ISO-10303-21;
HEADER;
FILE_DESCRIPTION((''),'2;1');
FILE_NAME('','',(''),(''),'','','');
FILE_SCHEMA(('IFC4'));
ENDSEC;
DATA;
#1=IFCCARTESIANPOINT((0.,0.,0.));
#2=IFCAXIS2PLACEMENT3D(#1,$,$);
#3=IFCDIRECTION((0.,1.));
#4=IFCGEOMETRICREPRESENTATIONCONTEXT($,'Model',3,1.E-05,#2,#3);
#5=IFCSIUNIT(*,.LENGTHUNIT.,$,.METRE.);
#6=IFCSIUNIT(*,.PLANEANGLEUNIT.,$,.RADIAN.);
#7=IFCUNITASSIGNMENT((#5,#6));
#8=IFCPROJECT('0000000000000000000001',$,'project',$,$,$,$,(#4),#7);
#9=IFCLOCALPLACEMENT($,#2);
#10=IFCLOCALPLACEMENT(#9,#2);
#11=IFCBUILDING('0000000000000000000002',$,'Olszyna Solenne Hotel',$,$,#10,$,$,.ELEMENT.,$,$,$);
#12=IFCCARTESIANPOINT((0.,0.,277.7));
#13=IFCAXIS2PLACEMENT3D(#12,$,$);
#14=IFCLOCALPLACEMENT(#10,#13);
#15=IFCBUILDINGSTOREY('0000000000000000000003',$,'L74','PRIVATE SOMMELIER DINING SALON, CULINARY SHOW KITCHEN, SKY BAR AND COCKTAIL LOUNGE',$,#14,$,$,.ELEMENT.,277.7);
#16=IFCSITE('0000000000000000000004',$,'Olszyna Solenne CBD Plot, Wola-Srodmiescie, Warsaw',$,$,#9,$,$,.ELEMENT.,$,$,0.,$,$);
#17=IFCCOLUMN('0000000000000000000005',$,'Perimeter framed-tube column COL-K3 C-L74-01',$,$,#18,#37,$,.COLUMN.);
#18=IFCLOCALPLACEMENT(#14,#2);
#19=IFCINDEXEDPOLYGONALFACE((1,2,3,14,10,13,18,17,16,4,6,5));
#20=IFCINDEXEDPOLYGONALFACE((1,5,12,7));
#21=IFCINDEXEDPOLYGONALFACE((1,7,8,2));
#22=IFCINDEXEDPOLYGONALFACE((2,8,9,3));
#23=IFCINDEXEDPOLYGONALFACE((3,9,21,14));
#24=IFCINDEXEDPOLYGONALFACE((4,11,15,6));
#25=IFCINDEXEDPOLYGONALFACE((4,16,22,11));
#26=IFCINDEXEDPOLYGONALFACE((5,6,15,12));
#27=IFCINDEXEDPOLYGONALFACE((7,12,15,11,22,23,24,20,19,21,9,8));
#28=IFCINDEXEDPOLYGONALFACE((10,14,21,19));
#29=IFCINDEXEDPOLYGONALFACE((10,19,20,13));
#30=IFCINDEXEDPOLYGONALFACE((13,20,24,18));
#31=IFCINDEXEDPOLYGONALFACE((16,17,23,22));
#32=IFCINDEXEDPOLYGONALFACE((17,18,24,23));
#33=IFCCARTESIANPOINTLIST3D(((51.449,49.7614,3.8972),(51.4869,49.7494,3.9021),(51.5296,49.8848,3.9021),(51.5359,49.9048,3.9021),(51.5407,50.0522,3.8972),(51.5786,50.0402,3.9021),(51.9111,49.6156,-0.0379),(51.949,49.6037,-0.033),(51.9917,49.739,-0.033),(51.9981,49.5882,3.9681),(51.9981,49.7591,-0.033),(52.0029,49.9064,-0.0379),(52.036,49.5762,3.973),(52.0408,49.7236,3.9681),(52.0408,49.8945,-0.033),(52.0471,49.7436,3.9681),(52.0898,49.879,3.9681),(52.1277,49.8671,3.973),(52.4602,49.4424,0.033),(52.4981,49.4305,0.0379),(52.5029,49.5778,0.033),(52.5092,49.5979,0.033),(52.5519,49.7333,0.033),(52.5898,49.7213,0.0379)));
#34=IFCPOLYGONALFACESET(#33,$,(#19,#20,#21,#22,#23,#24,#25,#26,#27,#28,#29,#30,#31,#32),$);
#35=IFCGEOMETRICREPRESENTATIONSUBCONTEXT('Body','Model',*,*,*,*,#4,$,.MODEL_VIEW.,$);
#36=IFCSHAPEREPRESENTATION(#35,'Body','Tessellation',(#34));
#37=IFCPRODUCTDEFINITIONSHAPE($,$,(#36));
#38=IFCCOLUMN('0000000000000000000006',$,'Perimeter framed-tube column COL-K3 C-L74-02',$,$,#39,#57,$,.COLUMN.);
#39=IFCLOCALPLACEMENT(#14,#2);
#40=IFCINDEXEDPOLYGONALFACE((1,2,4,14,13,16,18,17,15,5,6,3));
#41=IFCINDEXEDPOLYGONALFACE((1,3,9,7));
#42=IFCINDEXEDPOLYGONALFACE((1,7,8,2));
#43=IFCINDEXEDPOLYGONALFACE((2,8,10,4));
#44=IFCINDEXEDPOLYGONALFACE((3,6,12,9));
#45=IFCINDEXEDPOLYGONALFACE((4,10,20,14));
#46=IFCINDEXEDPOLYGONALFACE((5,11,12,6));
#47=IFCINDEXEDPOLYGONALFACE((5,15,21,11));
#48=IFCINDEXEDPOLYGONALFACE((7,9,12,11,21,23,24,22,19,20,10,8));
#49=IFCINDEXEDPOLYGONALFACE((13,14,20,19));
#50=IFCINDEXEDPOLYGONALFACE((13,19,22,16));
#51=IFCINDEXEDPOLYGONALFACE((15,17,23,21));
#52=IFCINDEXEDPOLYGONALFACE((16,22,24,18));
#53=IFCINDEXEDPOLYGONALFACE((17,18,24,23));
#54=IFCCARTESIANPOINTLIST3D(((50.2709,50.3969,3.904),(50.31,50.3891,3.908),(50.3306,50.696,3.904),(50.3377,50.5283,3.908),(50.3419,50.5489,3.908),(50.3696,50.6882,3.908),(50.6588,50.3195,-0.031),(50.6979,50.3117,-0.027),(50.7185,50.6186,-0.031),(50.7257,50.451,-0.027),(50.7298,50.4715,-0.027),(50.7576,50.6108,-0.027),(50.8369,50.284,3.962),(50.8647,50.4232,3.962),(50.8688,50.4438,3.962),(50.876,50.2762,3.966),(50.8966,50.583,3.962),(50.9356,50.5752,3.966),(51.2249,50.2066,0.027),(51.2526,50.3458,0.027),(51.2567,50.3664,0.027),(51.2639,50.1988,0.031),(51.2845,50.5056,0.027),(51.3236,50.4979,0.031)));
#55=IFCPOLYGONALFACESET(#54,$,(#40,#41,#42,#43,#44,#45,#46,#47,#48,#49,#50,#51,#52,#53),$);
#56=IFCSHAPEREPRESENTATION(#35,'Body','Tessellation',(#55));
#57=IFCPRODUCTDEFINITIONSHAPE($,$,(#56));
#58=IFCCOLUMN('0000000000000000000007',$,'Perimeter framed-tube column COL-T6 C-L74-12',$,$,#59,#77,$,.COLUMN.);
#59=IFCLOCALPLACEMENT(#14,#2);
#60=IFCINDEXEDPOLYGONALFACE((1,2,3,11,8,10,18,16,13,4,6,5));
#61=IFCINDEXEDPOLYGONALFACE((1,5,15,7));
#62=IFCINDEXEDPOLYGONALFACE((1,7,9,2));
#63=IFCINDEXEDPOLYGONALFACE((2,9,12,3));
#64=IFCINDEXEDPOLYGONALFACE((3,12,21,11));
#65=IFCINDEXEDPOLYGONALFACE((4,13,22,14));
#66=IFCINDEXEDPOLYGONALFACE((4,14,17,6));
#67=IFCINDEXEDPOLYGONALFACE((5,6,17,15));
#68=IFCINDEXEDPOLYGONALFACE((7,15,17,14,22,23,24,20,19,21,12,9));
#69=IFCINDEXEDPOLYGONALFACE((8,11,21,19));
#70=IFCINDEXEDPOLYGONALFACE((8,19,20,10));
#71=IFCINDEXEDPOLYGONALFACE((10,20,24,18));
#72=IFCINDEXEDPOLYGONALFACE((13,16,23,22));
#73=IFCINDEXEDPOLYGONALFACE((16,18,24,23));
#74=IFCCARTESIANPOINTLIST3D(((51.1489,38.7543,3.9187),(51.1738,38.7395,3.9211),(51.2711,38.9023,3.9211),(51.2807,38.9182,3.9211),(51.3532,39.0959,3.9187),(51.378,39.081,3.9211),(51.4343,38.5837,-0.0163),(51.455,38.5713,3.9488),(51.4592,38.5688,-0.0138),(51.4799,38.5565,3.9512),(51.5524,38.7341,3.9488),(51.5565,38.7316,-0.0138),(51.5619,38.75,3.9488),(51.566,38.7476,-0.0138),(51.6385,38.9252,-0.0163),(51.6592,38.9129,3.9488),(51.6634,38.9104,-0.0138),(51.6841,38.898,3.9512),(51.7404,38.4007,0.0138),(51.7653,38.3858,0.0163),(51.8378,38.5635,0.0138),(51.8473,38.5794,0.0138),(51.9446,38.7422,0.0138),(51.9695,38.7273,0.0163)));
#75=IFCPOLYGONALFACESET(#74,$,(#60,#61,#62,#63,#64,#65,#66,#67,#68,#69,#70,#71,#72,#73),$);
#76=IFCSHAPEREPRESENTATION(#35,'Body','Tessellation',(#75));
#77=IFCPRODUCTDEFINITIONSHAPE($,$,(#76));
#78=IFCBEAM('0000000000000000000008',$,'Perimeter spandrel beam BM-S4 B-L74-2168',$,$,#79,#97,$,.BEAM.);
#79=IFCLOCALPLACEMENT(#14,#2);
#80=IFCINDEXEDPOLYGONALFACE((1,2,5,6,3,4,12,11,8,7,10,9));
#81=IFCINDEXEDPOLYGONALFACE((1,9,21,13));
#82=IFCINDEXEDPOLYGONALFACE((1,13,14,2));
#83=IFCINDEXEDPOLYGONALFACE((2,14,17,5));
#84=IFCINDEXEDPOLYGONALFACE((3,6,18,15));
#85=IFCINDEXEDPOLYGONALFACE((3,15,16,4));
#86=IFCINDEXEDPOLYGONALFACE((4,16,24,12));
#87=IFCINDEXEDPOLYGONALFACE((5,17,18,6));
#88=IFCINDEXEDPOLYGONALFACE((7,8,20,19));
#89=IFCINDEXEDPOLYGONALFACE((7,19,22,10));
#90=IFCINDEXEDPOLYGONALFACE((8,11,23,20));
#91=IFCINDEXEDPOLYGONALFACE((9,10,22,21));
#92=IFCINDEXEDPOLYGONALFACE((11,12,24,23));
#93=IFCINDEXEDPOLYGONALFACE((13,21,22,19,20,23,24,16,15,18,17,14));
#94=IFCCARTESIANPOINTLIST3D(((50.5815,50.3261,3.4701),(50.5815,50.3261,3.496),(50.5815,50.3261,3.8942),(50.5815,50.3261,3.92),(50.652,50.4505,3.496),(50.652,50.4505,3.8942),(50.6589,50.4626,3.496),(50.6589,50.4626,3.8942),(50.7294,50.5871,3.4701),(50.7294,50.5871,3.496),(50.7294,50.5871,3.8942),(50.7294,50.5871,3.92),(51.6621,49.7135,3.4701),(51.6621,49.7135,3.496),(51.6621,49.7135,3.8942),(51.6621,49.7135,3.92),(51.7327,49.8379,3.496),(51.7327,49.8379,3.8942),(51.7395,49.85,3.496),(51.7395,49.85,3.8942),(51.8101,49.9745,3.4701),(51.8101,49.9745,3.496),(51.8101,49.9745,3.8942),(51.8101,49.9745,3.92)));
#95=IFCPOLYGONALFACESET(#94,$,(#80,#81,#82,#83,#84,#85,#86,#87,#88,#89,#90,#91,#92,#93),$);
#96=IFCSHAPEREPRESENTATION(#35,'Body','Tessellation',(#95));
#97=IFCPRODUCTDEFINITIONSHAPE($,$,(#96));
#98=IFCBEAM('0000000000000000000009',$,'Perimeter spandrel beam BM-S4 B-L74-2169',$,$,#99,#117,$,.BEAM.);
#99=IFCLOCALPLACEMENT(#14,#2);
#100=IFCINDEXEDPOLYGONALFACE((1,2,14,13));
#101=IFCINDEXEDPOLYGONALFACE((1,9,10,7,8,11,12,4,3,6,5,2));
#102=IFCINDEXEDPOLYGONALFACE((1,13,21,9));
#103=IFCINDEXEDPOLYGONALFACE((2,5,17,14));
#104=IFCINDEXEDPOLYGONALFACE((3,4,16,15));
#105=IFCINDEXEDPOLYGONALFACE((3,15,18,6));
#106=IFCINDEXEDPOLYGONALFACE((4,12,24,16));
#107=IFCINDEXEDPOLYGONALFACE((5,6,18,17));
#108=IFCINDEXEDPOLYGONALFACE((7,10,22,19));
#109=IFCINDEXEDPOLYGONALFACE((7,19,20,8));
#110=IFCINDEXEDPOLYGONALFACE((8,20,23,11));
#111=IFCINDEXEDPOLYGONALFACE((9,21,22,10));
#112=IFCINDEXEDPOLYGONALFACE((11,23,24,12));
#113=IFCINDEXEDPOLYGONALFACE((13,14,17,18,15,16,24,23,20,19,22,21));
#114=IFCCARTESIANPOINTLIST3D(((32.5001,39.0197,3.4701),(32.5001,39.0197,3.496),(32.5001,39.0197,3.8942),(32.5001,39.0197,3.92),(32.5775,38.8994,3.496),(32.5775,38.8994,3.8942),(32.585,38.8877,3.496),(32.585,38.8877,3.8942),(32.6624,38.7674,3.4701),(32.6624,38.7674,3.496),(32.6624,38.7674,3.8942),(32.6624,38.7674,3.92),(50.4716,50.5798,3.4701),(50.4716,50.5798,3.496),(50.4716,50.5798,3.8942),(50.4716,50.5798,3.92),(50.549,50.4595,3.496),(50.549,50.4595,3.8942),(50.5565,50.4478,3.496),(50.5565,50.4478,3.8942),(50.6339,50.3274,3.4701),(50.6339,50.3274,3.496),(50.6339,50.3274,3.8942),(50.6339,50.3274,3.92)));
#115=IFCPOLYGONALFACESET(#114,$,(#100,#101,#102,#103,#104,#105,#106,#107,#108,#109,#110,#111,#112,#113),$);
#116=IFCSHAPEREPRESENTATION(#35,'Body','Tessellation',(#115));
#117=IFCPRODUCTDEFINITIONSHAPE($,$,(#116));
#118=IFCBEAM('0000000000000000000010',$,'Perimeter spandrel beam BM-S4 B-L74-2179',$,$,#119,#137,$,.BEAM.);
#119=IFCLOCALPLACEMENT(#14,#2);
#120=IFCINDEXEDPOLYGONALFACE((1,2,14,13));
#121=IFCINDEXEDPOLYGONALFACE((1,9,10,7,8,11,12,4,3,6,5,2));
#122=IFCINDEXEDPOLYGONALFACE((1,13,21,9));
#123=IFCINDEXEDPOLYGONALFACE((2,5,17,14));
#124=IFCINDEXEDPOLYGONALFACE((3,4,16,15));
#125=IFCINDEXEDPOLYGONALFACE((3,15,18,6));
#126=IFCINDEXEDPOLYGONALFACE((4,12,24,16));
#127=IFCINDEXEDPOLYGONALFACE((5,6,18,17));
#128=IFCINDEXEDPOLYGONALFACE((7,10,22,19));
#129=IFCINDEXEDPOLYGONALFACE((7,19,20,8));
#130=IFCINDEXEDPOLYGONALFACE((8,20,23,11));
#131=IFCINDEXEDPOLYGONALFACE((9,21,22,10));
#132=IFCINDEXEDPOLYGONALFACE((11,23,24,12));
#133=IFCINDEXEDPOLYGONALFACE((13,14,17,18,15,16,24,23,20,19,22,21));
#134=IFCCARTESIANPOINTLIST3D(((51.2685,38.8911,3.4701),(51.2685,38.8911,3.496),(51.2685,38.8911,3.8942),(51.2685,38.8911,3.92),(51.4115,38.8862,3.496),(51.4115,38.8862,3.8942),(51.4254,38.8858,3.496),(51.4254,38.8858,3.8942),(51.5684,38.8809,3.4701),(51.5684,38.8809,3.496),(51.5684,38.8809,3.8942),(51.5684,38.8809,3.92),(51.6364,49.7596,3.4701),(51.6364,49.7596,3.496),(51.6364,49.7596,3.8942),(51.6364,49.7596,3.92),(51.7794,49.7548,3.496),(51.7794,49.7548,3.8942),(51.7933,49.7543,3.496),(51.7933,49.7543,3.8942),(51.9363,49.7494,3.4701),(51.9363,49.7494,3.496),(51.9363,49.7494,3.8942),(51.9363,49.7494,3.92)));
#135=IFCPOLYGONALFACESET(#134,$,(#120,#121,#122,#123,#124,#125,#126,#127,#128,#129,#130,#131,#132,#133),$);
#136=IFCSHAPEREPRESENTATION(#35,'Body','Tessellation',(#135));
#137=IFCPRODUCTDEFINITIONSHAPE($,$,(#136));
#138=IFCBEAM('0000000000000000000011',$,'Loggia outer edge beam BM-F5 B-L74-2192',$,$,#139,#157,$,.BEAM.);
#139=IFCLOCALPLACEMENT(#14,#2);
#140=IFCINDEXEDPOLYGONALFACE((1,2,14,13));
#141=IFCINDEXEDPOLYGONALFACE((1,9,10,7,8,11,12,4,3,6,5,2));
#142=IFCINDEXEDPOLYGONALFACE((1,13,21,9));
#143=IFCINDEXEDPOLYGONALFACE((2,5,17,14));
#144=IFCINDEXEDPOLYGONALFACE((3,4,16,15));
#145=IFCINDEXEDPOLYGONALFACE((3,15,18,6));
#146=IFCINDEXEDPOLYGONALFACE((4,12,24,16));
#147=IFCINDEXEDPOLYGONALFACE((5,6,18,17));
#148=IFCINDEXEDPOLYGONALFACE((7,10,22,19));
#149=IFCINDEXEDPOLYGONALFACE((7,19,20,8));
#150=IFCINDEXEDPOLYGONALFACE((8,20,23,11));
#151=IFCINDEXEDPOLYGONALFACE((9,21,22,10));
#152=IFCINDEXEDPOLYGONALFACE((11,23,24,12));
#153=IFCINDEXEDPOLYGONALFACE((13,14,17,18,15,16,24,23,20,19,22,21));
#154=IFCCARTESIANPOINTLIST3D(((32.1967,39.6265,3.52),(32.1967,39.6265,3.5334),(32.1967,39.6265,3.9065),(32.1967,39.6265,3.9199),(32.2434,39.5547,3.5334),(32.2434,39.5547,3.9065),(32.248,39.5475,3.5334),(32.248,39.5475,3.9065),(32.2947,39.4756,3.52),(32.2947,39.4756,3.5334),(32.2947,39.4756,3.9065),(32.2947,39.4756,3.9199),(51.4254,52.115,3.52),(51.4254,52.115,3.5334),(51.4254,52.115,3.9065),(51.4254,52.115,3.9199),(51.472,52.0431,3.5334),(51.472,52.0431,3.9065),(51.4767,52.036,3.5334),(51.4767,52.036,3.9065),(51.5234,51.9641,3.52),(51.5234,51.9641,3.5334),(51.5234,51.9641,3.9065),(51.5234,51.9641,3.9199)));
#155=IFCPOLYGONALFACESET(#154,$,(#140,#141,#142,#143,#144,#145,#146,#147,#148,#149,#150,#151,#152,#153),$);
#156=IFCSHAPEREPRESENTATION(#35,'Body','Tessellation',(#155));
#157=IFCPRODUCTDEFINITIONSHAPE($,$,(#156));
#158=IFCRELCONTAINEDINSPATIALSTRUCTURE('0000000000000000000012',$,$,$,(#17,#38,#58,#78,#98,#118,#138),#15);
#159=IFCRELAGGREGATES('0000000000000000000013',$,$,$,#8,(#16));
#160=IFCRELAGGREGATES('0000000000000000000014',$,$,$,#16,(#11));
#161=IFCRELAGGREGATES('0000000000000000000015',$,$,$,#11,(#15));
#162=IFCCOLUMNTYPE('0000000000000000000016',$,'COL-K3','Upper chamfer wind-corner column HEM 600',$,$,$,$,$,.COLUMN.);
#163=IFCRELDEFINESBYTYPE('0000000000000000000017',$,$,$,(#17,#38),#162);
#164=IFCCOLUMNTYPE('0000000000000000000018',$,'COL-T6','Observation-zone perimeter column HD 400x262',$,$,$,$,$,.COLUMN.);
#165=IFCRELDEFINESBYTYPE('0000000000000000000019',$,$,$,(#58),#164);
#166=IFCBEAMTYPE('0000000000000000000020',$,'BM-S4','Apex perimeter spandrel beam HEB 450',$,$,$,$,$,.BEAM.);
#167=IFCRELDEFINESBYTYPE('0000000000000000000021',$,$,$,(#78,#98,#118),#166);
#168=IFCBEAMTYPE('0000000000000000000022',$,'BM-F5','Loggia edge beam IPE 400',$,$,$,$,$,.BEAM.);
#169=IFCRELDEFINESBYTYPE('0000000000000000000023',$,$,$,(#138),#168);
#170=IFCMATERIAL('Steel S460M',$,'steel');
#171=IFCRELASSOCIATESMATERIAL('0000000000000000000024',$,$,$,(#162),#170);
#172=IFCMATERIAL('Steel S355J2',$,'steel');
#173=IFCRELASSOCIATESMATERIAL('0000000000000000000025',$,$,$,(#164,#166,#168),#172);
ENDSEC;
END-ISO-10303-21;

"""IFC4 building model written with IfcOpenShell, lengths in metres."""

from ifc_helpers import new_model, si_unit, direction, frame, origin, origin_2d, place, context, subcontext, project, spatial, i_section, extrude, source, transform, mapped, material, material_profile, profile_set, type_object, element, save


model = new_model("IFC4")

# Units and contexts
model_context = context("Model", 3, precision=1e-05, world=origin(), true_north=direction((0.0, 1.0)))
body_context = subcontext(model_context, "Body", "Model", "MODEL_VIEW")
ifc_project = project(units=[si_unit("LENGTHUNIT", "METRE"), si_unit("PLANEANGLEUNIT", "RADIAN")], contexts=[model_context])

# Site, building, storey
site_placement = place(None, origin())
site = spatial("IfcSite", under=ifc_project, at=site_placement, Name="Olszyna Solenne CBD Plot, Wola-Srodmiescie, Warsaw", CompositionType="ELEMENT", RefElevation=0.0)
building_placement = place(site_placement, origin())
building = spatial("IfcBuilding", under=site, at=building_placement, Name="Olszyna Solenne Hotel", CompositionType="ELEMENT")
storey_placement = place(building_placement, frame((0.0, 0.0, 277.7)))
storey = spatial("IfcBuildingStorey", under=building, at=storey_placement, Name="L74", Description="PRIVATE SOMMELIER DINING SALON, CULINARY SHOW KITCHEN, SKY BAR AND COCKTAIL LOUNGE", CompositionType="ELEMENT", Elevation=277.7)

# Columns
ifc_material_1 = material(Name="Steel S460M", Category="steel")
ifc_material_profile_1 = material_profile(ifc_material_1, i_section(OverallWidth=0.3049, OverallDepth=0.6201, WebThickness=0.021, FlangeThickness=0.04, at=origin_2d()), Name="HEM 600", Category="load-bearing")
ifc_profile_set_1 = profile_set([ifc_material_profile_1], Name="Steel S460M")
column_type_1 = type_object("IfcColumnType", Name="COL-K3", Description="Upper chamfer wind-corner column HEM 600", PredefinedType="COLUMN", material=ifc_profile_set_1)
shared_shape_1 = source(origin(), body_context, "Body", "SweptSolid", [
    extrude(i_section(OverallWidth=0.3049, OverallDepth=0.6201, WebThickness=0.021, FlangeThickness=0.04, at=origin_2d()), origin(), (0.0, 0.0, 1.0), 3.9648),
])
column_1_placement = place(storey_placement, frame((52.2505, 49.6685, 0.0), z_axis=(-0.116566, 0.036762, 0.992502), x_axis=(-0.30077, -0.953697, 0.0)))
element("IfcColumn", 1, at=column_1_placement, inside=storey, type_object=column_type_1, Name="Perimeter framed-tube column COL-K3 C-L74-01", PredefinedType="COLUMN", context=body_context, shape_type="MappedRepresentation", body=[
    mapped(shared_shape_1, transform((0.0, 0.0, 0.0), x_axis=(1.0, 0.0, 0.0), y_axis=(0.0, 1.0, 0.0), z_axis=(0.0, 0.0, 1.0), scale=1.0)),
])
shared_shape_2 = source(origin(), body_context, "Body", "SweptSolid", [
    extrude(i_section(OverallWidth=0.3049, OverallDepth=0.6201, WebThickness=0.021, FlangeThickness=0.04, at=origin_2d()), origin(), (0.0, 0.0, 1.0), 3.9548),
])
column_2_placement = place(storey_placement, frame((50.9912, 50.4087, 0.0), z_axis=(-0.098091, 0.019569, 0.994985), x_axis=(-0.195641, -0.980676, 0.0)))
element("IfcColumn", 2, at=column_2_placement, inside=storey, type_object=column_type_1, Name="Perimeter framed-tube column COL-K3 C-L74-02", PredefinedType="COLUMN", context=body_context, shape_type="MappedRepresentation", body=[
    mapped(shared_shape_2, transform((0.0, 0.0, 0.0), x_axis=(1.0, 0.0, 0.0), y_axis=(0.0, 1.0, 0.0), z_axis=(0.0, 0.0, 1.0), scale=1.0)),
])
ifc_material_2 = material(Name="Steel S355J2", Category="steel")
ifc_material_profile_2 = material_profile(ifc_material_2, i_section(OverallWidth=0.3979, OverallDepth=0.387, WebThickness=0.0186, FlangeThickness=0.0291, at=origin_2d()), Name="HD 400x262", Category="load-bearing")
ifc_profile_set_2 = profile_set([ifc_material_profile_2], Name="Steel S355J2")
column_type_2 = type_object("IfcColumnType", Name="COL-T6", Description="Observation-zone perimeter column HD 400x262", PredefinedType="COLUMN", material=ifc_profile_set_2)
shared_shape_3 = source(origin(), body_context, "Body", "SweptSolid", [
    extrude(i_section(OverallWidth=0.3979, OverallDepth=0.387, WebThickness=0.0186, FlangeThickness=0.0291, at=origin_2d()), origin(), (0.0, 0.0, 1.0), 3.949),
])
column_3_placement = place(storey_placement, frame((51.7019, 38.6555, 0.0), z_axis=(-0.07227, 0.043214, 0.996449), x_axis=(-0.5132, -0.858269, 0.0)))
element("IfcColumn", 3, at=column_3_placement, inside=storey, type_object=column_type_2, Name="Perimeter framed-tube column COL-T6 C-L74-12", PredefinedType="COLUMN", context=body_context, shape_type="MappedRepresentation", body=[
    mapped(shared_shape_3, transform((0.0, 0.0, 0.0), x_axis=(1.0, 0.0, 0.0), y_axis=(0.0, 1.0, 0.0), z_axis=(0.0, 0.0, 1.0), scale=1.0)),
])

# Beams
ifc_material_profile_3 = material_profile(ifc_material_2, i_section(OverallWidth=0.3, OverallDepth=0.45, WebThickness=0.0139, FlangeThickness=0.0259, at=origin_2d()), Name="HEB 450", Category="load-bearing")
ifc_profile_set_3 = profile_set([ifc_material_profile_3], Name="Steel S355J2")
beam_type_1 = type_object("IfcBeamType", Name="BM-S4", Description="Apex perimeter spandrel beam HEB 450", PredefinedType="BEAM", material=ifc_profile_set_3)
shared_shape_4 = source(origin(), body_context, "Body", "SweptSolid", [
    extrude(i_section(OverallWidth=0.3, OverallDepth=0.45, WebThickness=0.0139, FlangeThickness=0.0259, at=origin_2d()), origin(), (0.0, 0.0, 1.0), 1.2422),
])
beam_1_placement = place(storey_placement, frame((51.7361, 49.844, 3.6951), z_axis=(-0.869943, 0.493151, 0.0), x_axis=(-0.493151, -0.869943, 0.0)))
element("IfcBeam", 4, at=beam_1_placement, inside=storey, type_object=beam_type_1, Name="Perimeter spandrel beam BM-S4 B-L74-2168", PredefinedType="BEAM", context=body_context, shape_type="MappedRepresentation", body=[
    mapped(shared_shape_4, transform((0.0, 0.0, 0.0), x_axis=(1.0, 0.0, 0.0), y_axis=(0.0, 1.0, 0.0), z_axis=(0.0, 0.0, 1.0), scale=1.0)),
])
shared_shape_5 = source(origin(), body_context, "Body", "SweptSolid", [
    extrude(i_section(OverallWidth=0.3, OverallDepth=0.45, WebThickness=0.0139, FlangeThickness=0.0259, at=origin_2d()), origin(), (0.0, 0.0, 1.0), 21.3684),
])
beam_2_placement = place(storey_placement, frame((50.5527, 50.4536, 3.6951), z_axis=(-0.84103, -0.540989, 0.0), x_axis=(0.540989, -0.84103, 0.0)))
element("IfcBeam", 5, at=beam_2_placement, inside=storey, type_object=beam_type_1, Name="Perimeter spandrel beam BM-S4 B-L74-2169", PredefinedType="BEAM", context=body_context, shape_type="MappedRepresentation", body=[
    mapped(shared_shape_5, transform((0.0, 0.0, 0.0), x_axis=(1.0, 0.0, 0.0), y_axis=(0.0, 1.0, 0.0), z_axis=(0.0, 0.0, 1.0), scale=1.0)),
])
shared_shape_6 = source(origin(), body_context, "Body", "SweptSolid", [
    extrude(i_section(OverallWidth=0.3, OverallDepth=0.45, WebThickness=0.0139, FlangeThickness=0.0259, at=origin_2d()), origin(), (0.0, 0.0, 1.0), 10.8748),
])
beam_3_placement = place(storey_placement, frame((51.4185, 38.886, 3.6951), z_axis=(0.033833, 0.999428, 0.0), x_axis=(-0.999428, 0.033833, 0.0)))
element("IfcBeam", 6, at=beam_3_placement, inside=storey, type_object=beam_type_1, Name="Perimeter spandrel beam BM-S4 B-L74-2179", PredefinedType="BEAM", context=body_context, shape_type="MappedRepresentation", body=[
    mapped(shared_shape_6, transform((0.0, 0.0, 0.0), x_axis=(1.0, 0.0, 0.0), y_axis=(0.0, 1.0, 0.0), z_axis=(0.0, 0.0, 1.0), scale=1.0)),
])
ifc_material_profile_4 = material_profile(ifc_material_2, i_section(OverallWidth=0.1799, OverallDepth=0.3999, WebThickness=0.0085, FlangeThickness=0.0134, at=origin_2d()), Name="IPE 400", Category="load-bearing")
ifc_profile_set_4 = profile_set([ifc_material_profile_4], Name="Steel S355J2")
beam_type_2 = type_object("IfcBeamType", Name="BM-F5", Description="Loggia edge beam IPE 400", PredefinedType="BEAM", material=ifc_profile_set_4)
shared_shape_7 = source(origin(), body_context, "Body", "SweptSolid", [
    extrude(i_section(OverallWidth=0.1799, OverallDepth=0.3999, WebThickness=0.0085, FlangeThickness=0.0134, at=origin_2d()), origin(), (0.0, 0.0, 1.0), 22.9282),
])
beam_4_placement = place(storey_placement, frame((51.4744, 52.0396, 3.72), z_axis=(-0.838646, -0.544677, 0.0), x_axis=(0.544677, -0.838646, 0.0)))
element("IfcBeam", 7, at=beam_4_placement, inside=storey, type_object=beam_type_2, Name="Loggia outer edge beam BM-F5 B-L74-2192", PredefinedType="BEAM", context=body_context, shape_type="MappedRepresentation", body=[
    mapped(shared_shape_7, transform((0.0, 0.0, 0.0), x_axis=(1.0, 0.0, 0.0), y_axis=(0.0, 1.0, 0.0), z_axis=(0.0, 0.0, 1.0), scale=1.0)),
])

save(model, "model.ifc")
